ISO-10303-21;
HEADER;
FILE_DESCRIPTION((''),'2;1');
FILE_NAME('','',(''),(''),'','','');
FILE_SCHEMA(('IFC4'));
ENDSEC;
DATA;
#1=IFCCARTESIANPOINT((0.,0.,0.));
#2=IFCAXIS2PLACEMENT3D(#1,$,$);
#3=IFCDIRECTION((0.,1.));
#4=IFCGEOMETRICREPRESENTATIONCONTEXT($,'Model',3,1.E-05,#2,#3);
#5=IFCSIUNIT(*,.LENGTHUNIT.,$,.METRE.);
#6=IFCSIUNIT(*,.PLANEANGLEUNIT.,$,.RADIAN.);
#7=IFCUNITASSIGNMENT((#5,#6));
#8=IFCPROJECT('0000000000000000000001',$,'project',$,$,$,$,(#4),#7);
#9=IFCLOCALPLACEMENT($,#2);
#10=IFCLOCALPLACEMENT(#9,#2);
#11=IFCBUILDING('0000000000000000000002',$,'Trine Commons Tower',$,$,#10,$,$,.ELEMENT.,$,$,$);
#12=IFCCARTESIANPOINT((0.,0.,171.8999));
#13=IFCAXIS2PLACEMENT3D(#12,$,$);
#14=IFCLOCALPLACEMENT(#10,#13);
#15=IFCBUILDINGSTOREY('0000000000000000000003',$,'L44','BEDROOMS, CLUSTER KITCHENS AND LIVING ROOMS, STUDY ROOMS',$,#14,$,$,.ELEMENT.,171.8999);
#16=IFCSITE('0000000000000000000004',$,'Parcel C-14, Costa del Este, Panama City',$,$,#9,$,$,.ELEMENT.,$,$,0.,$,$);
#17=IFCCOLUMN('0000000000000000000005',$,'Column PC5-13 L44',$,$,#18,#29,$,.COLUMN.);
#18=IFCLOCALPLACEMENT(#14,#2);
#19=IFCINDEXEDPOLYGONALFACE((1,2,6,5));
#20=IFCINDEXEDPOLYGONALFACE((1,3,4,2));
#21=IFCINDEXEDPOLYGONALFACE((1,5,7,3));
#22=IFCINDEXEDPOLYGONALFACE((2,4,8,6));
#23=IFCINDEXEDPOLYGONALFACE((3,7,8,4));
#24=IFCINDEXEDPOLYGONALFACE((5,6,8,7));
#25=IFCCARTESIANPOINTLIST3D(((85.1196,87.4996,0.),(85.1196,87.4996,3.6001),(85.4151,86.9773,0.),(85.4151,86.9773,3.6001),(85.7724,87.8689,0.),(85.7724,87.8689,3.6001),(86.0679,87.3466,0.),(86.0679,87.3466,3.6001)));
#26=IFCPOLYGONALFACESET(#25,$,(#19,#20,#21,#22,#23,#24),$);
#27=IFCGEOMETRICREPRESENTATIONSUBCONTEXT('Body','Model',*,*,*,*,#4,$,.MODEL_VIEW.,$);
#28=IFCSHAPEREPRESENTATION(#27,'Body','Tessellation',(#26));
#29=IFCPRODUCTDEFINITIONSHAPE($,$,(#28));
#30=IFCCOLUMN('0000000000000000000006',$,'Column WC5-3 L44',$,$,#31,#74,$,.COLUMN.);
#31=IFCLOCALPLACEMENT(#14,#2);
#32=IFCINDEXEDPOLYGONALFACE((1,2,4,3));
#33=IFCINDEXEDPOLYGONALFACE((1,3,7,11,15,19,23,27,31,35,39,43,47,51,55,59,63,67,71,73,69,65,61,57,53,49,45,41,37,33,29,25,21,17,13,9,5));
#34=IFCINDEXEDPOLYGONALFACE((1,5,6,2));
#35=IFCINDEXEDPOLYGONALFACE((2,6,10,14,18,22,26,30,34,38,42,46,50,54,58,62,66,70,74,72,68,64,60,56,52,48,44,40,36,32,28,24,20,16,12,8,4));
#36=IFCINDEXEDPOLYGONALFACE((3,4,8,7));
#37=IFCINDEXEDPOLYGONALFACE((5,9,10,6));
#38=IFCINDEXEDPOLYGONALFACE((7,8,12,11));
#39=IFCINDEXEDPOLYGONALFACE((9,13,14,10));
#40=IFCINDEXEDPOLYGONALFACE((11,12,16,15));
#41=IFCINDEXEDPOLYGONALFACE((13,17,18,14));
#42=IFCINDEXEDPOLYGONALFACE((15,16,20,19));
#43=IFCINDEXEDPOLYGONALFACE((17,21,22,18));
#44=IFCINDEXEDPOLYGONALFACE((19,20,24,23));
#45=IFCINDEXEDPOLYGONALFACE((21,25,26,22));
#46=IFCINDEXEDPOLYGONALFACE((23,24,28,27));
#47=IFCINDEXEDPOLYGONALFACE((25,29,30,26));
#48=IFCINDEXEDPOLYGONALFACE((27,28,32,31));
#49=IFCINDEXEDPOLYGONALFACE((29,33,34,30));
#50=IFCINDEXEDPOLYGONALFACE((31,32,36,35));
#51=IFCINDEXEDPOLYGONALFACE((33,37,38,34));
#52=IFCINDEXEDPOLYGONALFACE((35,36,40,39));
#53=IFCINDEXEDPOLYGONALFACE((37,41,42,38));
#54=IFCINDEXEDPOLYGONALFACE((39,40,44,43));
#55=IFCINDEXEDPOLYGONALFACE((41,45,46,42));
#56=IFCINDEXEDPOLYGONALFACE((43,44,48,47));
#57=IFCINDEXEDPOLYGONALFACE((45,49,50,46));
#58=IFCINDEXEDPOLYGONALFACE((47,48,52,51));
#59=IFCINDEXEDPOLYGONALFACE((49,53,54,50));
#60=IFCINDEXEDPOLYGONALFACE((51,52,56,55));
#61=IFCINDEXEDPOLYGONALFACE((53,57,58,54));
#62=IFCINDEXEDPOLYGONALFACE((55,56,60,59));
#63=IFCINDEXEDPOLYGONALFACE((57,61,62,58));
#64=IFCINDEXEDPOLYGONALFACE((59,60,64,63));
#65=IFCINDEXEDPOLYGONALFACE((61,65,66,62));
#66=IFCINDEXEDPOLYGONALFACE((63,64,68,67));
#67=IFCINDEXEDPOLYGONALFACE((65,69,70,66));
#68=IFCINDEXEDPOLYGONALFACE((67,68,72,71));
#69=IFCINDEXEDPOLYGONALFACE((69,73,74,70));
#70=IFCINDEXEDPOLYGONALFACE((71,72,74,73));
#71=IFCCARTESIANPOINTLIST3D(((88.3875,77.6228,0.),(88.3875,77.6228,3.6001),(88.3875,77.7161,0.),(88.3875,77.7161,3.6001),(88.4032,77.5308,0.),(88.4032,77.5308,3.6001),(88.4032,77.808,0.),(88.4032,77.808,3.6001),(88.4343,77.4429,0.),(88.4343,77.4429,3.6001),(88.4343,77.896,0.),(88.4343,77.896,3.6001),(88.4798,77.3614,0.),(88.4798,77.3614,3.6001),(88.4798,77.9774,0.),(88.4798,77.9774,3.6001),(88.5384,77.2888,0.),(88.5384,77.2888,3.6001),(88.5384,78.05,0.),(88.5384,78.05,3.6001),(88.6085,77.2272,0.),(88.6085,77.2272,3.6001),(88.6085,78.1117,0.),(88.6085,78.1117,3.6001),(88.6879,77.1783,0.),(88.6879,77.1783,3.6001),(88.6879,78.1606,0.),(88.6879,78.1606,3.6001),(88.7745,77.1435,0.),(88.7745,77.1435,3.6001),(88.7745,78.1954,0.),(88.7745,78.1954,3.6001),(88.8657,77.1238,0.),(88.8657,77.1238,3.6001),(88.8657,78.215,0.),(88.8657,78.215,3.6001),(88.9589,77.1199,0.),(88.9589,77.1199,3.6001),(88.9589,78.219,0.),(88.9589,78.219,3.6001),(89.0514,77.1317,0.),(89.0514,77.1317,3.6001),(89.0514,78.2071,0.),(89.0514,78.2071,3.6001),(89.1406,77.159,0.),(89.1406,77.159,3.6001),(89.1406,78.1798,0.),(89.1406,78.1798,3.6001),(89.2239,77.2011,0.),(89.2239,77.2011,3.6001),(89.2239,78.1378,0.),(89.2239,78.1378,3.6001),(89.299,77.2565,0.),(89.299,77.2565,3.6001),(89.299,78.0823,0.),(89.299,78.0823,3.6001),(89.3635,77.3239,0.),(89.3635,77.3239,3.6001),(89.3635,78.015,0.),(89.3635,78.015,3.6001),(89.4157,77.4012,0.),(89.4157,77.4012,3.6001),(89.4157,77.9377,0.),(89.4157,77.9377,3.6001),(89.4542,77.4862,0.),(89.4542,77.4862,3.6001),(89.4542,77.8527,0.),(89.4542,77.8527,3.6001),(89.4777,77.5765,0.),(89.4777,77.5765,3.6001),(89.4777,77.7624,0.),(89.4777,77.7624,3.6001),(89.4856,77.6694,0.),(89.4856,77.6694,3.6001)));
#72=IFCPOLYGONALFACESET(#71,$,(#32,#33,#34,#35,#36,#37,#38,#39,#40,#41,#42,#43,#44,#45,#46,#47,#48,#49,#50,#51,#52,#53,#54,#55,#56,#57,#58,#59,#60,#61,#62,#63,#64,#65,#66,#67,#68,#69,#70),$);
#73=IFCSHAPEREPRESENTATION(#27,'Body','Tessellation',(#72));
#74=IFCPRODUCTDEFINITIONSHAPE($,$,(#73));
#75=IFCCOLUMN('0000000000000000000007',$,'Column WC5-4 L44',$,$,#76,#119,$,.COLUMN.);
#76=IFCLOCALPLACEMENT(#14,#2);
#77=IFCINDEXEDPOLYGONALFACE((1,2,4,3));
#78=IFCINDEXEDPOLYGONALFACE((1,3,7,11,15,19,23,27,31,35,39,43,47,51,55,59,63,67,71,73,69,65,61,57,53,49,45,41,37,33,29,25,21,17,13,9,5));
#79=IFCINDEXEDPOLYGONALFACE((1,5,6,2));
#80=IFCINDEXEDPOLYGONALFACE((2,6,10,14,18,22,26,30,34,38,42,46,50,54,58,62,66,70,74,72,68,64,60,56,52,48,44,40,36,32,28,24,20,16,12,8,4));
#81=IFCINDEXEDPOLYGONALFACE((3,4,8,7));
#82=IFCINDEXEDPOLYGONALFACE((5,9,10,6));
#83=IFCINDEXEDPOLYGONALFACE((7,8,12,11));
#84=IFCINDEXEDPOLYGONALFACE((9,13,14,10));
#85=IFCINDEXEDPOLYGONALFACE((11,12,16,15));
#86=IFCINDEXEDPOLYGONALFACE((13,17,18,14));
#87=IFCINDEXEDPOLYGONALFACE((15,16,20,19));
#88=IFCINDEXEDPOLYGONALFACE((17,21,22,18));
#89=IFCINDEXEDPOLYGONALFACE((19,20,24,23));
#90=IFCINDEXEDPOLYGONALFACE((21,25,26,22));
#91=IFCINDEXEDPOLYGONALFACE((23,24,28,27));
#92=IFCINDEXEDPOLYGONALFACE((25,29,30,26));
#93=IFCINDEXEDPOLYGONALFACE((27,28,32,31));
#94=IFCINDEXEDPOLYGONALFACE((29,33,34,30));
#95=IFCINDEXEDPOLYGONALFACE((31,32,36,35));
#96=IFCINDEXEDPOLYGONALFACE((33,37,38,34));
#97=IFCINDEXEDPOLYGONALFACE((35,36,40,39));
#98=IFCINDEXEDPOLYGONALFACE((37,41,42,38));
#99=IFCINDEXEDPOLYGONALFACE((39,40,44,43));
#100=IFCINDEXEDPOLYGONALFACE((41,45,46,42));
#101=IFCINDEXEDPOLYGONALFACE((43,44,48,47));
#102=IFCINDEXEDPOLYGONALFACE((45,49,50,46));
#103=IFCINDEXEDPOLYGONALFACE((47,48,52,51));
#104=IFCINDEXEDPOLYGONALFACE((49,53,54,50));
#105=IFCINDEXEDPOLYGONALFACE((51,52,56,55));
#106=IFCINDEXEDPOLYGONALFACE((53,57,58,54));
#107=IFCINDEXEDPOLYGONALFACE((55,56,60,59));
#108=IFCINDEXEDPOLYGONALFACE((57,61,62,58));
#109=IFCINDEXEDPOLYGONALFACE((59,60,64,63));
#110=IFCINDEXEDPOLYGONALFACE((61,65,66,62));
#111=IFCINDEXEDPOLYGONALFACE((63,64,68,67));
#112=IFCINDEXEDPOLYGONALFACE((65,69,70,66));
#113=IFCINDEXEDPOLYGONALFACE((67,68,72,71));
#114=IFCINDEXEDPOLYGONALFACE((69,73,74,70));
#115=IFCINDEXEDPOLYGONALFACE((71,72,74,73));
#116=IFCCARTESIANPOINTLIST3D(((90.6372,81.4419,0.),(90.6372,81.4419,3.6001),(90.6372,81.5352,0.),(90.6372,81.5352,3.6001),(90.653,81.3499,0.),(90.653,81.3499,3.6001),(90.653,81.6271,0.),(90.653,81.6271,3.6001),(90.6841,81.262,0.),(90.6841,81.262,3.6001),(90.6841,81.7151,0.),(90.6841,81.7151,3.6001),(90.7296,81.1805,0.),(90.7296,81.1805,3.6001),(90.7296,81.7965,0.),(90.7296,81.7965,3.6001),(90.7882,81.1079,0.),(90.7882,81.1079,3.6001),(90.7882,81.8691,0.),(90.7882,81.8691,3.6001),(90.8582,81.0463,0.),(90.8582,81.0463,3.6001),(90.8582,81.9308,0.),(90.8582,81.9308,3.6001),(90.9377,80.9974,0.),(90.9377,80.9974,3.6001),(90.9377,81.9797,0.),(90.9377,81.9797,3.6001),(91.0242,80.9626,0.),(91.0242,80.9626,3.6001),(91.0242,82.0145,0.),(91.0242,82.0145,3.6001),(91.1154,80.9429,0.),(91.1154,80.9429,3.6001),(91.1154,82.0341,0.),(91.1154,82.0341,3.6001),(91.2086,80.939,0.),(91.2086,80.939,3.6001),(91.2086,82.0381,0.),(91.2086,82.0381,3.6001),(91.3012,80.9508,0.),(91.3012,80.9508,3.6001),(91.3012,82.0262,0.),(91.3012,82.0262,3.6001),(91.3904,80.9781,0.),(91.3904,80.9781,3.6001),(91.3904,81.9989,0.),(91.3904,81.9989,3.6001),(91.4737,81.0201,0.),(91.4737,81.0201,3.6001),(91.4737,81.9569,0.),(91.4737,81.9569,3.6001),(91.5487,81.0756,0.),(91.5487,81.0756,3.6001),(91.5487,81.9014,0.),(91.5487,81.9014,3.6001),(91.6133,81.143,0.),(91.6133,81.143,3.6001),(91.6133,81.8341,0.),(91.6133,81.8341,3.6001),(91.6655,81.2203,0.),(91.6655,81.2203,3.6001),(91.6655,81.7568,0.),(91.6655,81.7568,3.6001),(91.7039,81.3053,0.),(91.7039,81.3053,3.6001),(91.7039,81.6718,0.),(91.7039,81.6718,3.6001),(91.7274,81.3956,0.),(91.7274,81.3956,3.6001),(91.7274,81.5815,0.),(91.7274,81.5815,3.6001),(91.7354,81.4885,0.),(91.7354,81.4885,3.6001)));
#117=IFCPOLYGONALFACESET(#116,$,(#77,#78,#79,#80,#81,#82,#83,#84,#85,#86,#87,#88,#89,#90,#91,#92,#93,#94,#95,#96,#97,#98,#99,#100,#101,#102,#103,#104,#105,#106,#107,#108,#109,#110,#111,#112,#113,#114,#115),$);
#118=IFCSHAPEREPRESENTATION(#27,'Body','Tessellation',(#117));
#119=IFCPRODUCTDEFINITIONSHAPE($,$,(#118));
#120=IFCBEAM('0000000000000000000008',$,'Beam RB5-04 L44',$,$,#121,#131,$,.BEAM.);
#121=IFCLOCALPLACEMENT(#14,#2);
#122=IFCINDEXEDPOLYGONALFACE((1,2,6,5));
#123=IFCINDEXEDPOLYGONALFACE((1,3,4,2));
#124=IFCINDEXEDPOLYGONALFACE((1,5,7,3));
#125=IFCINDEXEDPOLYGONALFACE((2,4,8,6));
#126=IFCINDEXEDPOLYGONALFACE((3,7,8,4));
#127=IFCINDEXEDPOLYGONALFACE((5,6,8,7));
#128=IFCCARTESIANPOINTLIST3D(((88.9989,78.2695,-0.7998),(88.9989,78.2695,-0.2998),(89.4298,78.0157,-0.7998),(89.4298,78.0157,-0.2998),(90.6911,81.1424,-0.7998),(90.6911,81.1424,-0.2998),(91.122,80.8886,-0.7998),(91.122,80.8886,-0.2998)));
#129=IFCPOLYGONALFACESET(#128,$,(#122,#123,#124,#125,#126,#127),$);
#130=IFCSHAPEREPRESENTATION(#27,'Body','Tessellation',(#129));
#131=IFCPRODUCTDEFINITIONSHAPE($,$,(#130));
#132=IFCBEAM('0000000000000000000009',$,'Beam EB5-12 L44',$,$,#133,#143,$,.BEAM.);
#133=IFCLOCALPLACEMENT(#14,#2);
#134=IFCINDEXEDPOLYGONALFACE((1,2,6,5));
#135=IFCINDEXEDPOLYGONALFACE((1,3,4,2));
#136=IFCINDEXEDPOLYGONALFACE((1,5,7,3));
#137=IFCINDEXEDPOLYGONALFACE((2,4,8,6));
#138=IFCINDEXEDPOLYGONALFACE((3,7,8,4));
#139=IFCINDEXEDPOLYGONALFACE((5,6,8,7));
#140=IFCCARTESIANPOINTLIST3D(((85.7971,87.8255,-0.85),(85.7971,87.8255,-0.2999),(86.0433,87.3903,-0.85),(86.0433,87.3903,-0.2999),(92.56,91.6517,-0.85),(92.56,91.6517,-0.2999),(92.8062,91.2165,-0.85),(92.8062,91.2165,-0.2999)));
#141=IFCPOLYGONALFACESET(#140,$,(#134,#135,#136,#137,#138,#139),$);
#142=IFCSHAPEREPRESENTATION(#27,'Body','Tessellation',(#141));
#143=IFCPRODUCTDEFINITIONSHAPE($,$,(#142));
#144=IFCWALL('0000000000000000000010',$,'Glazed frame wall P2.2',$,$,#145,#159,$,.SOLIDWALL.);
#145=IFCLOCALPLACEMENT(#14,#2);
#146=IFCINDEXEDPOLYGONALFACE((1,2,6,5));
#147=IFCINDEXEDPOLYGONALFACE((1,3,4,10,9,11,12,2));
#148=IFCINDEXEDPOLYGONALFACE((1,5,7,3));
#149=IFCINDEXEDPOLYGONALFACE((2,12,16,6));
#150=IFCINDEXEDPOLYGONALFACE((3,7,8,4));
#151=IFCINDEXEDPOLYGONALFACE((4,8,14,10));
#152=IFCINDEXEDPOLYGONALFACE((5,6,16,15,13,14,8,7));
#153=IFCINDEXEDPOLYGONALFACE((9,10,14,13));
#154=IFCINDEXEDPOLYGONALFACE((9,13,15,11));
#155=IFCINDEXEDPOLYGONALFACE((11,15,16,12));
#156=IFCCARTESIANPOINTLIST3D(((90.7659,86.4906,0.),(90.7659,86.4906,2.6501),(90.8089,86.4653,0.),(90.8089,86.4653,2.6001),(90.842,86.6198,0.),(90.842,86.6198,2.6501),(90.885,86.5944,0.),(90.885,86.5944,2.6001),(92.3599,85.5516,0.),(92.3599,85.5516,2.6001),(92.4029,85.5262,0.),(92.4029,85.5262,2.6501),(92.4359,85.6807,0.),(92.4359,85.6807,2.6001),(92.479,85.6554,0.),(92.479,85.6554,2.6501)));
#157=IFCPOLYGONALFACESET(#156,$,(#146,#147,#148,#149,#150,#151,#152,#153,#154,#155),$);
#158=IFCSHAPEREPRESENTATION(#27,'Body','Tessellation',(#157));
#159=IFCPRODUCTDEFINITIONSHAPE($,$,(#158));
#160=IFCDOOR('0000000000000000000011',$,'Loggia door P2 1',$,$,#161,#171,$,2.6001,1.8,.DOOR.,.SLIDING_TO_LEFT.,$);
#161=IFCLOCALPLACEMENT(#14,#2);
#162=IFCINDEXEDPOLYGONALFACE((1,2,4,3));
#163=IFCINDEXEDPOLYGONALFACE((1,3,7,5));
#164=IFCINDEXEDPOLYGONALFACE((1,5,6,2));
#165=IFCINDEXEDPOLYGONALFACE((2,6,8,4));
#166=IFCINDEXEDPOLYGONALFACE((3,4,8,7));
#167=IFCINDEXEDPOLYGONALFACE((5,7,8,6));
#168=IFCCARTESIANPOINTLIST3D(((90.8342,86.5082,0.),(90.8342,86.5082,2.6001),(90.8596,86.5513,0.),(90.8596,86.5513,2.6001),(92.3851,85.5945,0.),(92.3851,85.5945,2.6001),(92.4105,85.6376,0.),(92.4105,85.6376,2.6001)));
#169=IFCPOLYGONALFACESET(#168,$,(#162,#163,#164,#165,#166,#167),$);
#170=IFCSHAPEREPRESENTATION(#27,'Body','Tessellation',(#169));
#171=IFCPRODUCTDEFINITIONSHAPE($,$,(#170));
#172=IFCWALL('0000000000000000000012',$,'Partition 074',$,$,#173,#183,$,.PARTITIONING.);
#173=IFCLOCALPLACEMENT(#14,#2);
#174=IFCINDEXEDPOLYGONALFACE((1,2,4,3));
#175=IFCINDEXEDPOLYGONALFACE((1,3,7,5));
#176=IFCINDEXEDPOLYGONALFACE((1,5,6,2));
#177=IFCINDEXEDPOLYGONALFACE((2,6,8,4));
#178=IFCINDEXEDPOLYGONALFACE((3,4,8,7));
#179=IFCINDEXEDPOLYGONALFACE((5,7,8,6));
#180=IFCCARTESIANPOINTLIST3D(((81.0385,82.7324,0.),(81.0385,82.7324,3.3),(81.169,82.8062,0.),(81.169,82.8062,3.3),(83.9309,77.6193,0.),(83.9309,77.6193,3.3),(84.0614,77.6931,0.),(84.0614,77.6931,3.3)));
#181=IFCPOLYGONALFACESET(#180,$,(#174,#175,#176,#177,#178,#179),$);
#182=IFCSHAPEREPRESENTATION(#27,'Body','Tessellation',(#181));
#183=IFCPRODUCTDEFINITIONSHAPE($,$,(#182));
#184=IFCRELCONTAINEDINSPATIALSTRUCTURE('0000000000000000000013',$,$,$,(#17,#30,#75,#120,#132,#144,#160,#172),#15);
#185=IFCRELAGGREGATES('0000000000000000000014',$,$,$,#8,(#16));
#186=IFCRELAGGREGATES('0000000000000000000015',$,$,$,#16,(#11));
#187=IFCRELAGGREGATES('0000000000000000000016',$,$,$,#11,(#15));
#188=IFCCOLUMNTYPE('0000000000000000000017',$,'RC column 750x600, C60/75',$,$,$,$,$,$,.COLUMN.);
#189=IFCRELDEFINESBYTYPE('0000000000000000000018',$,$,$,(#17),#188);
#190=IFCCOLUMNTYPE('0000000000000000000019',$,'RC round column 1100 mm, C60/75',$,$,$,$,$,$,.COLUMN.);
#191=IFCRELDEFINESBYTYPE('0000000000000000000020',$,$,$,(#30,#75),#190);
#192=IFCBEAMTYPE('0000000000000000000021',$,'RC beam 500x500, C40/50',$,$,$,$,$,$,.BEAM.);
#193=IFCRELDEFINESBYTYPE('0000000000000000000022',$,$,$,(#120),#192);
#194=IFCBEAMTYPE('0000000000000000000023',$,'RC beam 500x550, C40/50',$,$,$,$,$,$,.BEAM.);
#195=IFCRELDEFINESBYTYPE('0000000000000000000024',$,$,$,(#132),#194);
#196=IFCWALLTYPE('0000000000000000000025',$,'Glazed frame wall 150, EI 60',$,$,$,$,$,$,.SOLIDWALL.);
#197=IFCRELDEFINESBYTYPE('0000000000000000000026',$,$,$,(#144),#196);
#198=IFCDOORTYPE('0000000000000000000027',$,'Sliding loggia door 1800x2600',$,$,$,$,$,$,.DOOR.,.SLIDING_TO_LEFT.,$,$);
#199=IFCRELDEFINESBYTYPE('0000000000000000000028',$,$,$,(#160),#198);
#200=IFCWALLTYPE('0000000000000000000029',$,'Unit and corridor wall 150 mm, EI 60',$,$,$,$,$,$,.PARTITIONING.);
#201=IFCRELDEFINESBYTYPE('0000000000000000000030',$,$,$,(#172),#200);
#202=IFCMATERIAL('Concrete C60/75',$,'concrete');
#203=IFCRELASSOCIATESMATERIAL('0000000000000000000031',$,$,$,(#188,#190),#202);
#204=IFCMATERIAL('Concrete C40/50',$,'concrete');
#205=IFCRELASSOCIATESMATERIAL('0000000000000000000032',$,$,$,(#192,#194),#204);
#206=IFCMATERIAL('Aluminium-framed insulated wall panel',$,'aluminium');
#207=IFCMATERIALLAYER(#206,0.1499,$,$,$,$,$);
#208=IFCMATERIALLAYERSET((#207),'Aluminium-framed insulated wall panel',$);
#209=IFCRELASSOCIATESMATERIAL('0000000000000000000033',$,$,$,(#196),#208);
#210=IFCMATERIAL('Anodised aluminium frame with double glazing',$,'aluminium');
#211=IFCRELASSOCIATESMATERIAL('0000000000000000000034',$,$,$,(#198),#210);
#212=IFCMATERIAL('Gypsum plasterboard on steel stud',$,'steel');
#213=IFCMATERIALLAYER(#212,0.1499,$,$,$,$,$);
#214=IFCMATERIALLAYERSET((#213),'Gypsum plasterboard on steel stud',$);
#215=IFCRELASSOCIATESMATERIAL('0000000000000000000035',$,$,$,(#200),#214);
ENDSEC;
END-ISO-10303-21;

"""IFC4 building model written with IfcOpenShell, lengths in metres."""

from ifc_helpers import new_model, si_unit, direction, frame, frame_2d, origin, origin_2d, place, context, subcontext, project, spatial, polyline, rectangle, circle, outline, extrude, material, layer, layer_set, material_profile, profile_set, type_object, element, fill, save


model = new_model("IFC4")

# Units and contexts
model_context = context("Model", 3, precision=1e-05, world=origin(), true_north=direction((0.0, 1.0)))
body_context = subcontext(model_context, "Body", "Model", "MODEL_VIEW")
ifc_project = project(units=[si_unit("LENGTHUNIT", "METRE"), si_unit("PLANEANGLEUNIT", "RADIAN")], contexts=[model_context])

# Site, building, storey
site_placement = place(None, origin())
site = spatial("IfcSite", under=ifc_project, at=site_placement, Name="Parcel C-14, Costa del Este, Panama City", CompositionType="ELEMENT", RefElevation=0.0)
building_placement = place(site_placement, origin())
building = spatial("IfcBuilding", under=site, at=building_placement, Name="Trine Commons Tower", CompositionType="ELEMENT")
storey_placement = place(building_placement, frame((0.0, 0.0, 171.8999)))
storey = spatial("IfcBuildingStorey", under=building, at=storey_placement, Name="L44", Description="BEDROOMS, CLUSTER KITCHENS AND LIVING ROOMS, STUDY ROOMS", CompositionType="ELEMENT", Elevation=171.8999)

# Columns
ifc_material_1 = material(Name="Concrete C60/75", Category="concrete")
ifc_material_profile_1 = material_profile(ifc_material_1, rectangle(XDim=0.75, YDim=0.6001, at=origin_2d()), Name="RC 750x600")
ifc_profile_set_1 = profile_set([ifc_material_profile_1], Name="Concrete C60/75")
column_type_1 = type_object("IfcColumnType", Name="RC column 750x600, C60/75", PredefinedType="COLUMN", material=ifc_profile_set_1)
column_placement = place(storey_placement, frame((85.5938, 87.4231, 0.0), z_axis=(0.0, 0.0, 1.0), x_axis=(0.870356, 0.492424, 0.0)))
element("IfcColumn", 1, at=column_placement, inside=storey, type_object=column_type_1, Name="Column PC5-13 L44", PredefinedType="COLUMN", context=body_context, shape_type="SweptSolid", body=[
    extrude(rectangle(XDim=0.75, YDim=0.6001, at=origin_2d()), origin(), (0.0, 0.0, 1.0), 3.6001),
])
ifc_material_profile_2 = material_profile(ifc_material_1, circle(Radius=0.55, at=origin_2d()), Name="RC round 1100")
ifc_profile_set_2 = profile_set([ifc_material_profile_2], Name="Concrete C60/75")
column_type_2 = type_object("IfcColumnType", Name="RC round column 1100 mm, C60/75", PredefinedType="COLUMN", material=ifc_profile_set_2)
for number, where, z_axis, x_axis, name in (
    (2, (88.9355, 77.6694, 0.0), (0.0, 0.0, 1.0), (1.0, 0.0, 0.0), "Column WC5-3 L44"),
    (3, (91.1853, 81.4885, 0.0), (0.0, 0.0, 1.0), (1.0, 0.0, 0.0), "Column WC5-4 L44"),
):
    element("IfcColumn", number, at=place(storey_placement, frame(where, z_axis=z_axis, x_axis=x_axis)), inside=storey, type_object=column_type_2, Name=name, PredefinedType="COLUMN", context=body_context, shape_type="SweptSolid", body=[
        extrude(circle(Radius=0.55, at=origin_2d()), origin(), (0.0, 0.0, 1.0), 3.6001),
    ])

# Beams
ifc_material_2 = material(Name="Concrete C40/50", Category="concrete")
ifc_material_profile_3 = material_profile(ifc_material_2, rectangle(XDim=0.5, YDim=0.5, at=origin_2d()), Name="RC 500x500")
ifc_profile_set_3 = profile_set([ifc_material_profile_3], Name="Concrete C40/50")
beam_type_1 = type_object("IfcBeamType", Name="RC beam 500x500, C40/50", PredefinedType="BEAM", material=ifc_profile_set_3)
beam_1_placement = place(storey_placement, frame((89.2144, 78.1426, -0.5498), z_axis=(0.507522, 0.861639, 0.0), x_axis=(-0.861639, 0.507522, 0.0)))
element("IfcBeam", 4, at=beam_1_placement, inside=storey, type_object=beam_type_1, Name="Beam RB5-04 L44", PredefinedType="BEAM", context=body_context, shape_type="SweptSolid", body=[
    extrude(rectangle(XDim=0.5, YDim=0.5, at=origin_2d()), origin(), (0.0, 0.0, 1.0), 3.3342),
])
ifc_material_profile_4 = material_profile(ifc_material_2, rectangle(XDim=0.5, YDim=0.55, at=origin_2d()), Name="RC 500x550")
ifc_profile_set_4 = profile_set([ifc_material_profile_4], Name="Concrete C40/50")
beam_type_2 = type_object("IfcBeamType", Name="RC beam 500x550, C40/50", PredefinedType="BEAM", material=ifc_profile_set_4)
beam_2_placement = place(storey_placement, frame((85.9202, 87.6079, -0.575), z_axis=(0.870362, 0.492412, 0.0), x_axis=(-0.492412, 0.870362, 0.0)))
element("IfcBeam", 5, at=beam_2_placement, inside=storey, type_object=beam_type_2, Name="Beam EB5-12 L44", PredefinedType="BEAM", context=body_context, shape_type="SweptSolid", body=[
    extrude(rectangle(XDim=0.5, YDim=0.55, at=origin_2d()), origin(), (0.0, 0.0, 1.0), 7.7703),
])

# Shared definitions
ifc_material_3 = material(Name="Aluminium-framed insulated wall panel", Category="aluminium")
ifc_layer_1 = layer(ifc_material_3, 0.1499)
ifc_layer_set_1 = layer_set([ifc_layer_1], Name="Aluminium-framed insulated wall panel")
wall_type_1 = type_object("IfcWallType", Name="Glazed frame wall 150, EI 60", PredefinedType="SOLIDWALL", material=ifc_layer_set_1)

# Wall, opening, door
wall_1_placement = place(storey_placement, frame((90.804, 86.5552, 0.0), z_axis=(0.0, 0.0, 1.0), x_axis=(0.861604, -0.507582, 0.0)))
wall_1 = element("IfcWall", 6, at=wall_1_placement, inside=storey, type_object=wall_type_1, Name="Glazed frame wall P2.2", PredefinedType="SOLIDWALL", context=body_context, shape_type="SweptSolid", body=[
    extrude(outline(polyline([(0.0, -0.075), (1.8999, -0.075), (1.8999, 0.075), (0.0, 0.075), (0.0, -0.075)])), origin(), (0.0, 0.0, 1.0), 2.6501),
])
opening_1_placement = place(wall_1_placement, frame((0.05, 0.0, 0.0)))
opening_1 = element("IfcOpeningElement", 7, at=opening_1_placement, cuts=wall_1, PredefinedType="OPENING", context=body_context, shape_type="SweptSolid", body=[
    extrude(rectangle(XDim=1.8, YDim=2.6001, at=frame_2d((0.8999, 1.3))), frame((0.0, 0.085, 0.0), z_axis=(0.0, -1.0, 0.0), x_axis=(1.0, 0.0, 0.0)), (0.0, 0.0, 1.0), 0.1699),
])
ifc_material_4 = material(Name="Anodised aluminium frame with double glazing", Category="aluminium")
door_type_1 = type_object("IfcDoorType", Name="Sliding loggia door 1800x2600", OperationType="SLIDING_TO_LEFT", PredefinedType="DOOR", material=ifc_material_4)
door_1_placement = place(opening_1_placement, origin())
door_1 = element("IfcDoor", 8, at=door_1_placement, inside=storey, type_object=door_type_1, Name="Loggia door P2 1", OperationType="SLIDING_TO_LEFT", OverallHeight=2.6001, OverallWidth=1.8, PredefinedType="DOOR", context=body_context, shape_type="SweptSolid", body=[
    extrude(rectangle(XDim=1.8, YDim=2.6001, at=frame_2d((0.8999, 1.3))), frame((0.0, 0.0249, 0.0), z_axis=(0.0, -1.0, 0.0), x_axis=(1.0, 0.0, 0.0)), (0.0, 0.0, 1.0), 0.05),
])
fill(opening_1, door_1)

# Wall
ifc_material_5 = material(Name="Gypsum plasterboard on steel stud", Category="steel")
ifc_layer_2 = layer(ifc_material_5, 0.1499)
ifc_layer_set_2 = layer_set([ifc_layer_2], Name="Gypsum plasterboard on steel stud")
wall_type_2 = type_object("IfcWallType", Name="Unit and corridor wall 150 mm, EI 60", PredefinedType="PARTITIONING", material=ifc_layer_set_2)
wall_2_placement = place(storey_placement, frame((81.1038, 82.7693, 0.0), z_axis=(0.0, 0.0, 1.0), x_axis=(0.492361, -0.870391, 0.0)))
element("IfcWall", 9, at=wall_2_placement, inside=storey, type_object=wall_type_2, Name="Partition 074", PredefinedType="PARTITIONING", context=body_context, shape_type="SweptSolid", body=[
    extrude(rectangle(XDim=5.8745, YDim=0.1499, at=frame_2d((2.9373, 0.0))), origin(), (0.0, 0.0, 1.0), 3.3),
])

save(model, "model.ifc")
